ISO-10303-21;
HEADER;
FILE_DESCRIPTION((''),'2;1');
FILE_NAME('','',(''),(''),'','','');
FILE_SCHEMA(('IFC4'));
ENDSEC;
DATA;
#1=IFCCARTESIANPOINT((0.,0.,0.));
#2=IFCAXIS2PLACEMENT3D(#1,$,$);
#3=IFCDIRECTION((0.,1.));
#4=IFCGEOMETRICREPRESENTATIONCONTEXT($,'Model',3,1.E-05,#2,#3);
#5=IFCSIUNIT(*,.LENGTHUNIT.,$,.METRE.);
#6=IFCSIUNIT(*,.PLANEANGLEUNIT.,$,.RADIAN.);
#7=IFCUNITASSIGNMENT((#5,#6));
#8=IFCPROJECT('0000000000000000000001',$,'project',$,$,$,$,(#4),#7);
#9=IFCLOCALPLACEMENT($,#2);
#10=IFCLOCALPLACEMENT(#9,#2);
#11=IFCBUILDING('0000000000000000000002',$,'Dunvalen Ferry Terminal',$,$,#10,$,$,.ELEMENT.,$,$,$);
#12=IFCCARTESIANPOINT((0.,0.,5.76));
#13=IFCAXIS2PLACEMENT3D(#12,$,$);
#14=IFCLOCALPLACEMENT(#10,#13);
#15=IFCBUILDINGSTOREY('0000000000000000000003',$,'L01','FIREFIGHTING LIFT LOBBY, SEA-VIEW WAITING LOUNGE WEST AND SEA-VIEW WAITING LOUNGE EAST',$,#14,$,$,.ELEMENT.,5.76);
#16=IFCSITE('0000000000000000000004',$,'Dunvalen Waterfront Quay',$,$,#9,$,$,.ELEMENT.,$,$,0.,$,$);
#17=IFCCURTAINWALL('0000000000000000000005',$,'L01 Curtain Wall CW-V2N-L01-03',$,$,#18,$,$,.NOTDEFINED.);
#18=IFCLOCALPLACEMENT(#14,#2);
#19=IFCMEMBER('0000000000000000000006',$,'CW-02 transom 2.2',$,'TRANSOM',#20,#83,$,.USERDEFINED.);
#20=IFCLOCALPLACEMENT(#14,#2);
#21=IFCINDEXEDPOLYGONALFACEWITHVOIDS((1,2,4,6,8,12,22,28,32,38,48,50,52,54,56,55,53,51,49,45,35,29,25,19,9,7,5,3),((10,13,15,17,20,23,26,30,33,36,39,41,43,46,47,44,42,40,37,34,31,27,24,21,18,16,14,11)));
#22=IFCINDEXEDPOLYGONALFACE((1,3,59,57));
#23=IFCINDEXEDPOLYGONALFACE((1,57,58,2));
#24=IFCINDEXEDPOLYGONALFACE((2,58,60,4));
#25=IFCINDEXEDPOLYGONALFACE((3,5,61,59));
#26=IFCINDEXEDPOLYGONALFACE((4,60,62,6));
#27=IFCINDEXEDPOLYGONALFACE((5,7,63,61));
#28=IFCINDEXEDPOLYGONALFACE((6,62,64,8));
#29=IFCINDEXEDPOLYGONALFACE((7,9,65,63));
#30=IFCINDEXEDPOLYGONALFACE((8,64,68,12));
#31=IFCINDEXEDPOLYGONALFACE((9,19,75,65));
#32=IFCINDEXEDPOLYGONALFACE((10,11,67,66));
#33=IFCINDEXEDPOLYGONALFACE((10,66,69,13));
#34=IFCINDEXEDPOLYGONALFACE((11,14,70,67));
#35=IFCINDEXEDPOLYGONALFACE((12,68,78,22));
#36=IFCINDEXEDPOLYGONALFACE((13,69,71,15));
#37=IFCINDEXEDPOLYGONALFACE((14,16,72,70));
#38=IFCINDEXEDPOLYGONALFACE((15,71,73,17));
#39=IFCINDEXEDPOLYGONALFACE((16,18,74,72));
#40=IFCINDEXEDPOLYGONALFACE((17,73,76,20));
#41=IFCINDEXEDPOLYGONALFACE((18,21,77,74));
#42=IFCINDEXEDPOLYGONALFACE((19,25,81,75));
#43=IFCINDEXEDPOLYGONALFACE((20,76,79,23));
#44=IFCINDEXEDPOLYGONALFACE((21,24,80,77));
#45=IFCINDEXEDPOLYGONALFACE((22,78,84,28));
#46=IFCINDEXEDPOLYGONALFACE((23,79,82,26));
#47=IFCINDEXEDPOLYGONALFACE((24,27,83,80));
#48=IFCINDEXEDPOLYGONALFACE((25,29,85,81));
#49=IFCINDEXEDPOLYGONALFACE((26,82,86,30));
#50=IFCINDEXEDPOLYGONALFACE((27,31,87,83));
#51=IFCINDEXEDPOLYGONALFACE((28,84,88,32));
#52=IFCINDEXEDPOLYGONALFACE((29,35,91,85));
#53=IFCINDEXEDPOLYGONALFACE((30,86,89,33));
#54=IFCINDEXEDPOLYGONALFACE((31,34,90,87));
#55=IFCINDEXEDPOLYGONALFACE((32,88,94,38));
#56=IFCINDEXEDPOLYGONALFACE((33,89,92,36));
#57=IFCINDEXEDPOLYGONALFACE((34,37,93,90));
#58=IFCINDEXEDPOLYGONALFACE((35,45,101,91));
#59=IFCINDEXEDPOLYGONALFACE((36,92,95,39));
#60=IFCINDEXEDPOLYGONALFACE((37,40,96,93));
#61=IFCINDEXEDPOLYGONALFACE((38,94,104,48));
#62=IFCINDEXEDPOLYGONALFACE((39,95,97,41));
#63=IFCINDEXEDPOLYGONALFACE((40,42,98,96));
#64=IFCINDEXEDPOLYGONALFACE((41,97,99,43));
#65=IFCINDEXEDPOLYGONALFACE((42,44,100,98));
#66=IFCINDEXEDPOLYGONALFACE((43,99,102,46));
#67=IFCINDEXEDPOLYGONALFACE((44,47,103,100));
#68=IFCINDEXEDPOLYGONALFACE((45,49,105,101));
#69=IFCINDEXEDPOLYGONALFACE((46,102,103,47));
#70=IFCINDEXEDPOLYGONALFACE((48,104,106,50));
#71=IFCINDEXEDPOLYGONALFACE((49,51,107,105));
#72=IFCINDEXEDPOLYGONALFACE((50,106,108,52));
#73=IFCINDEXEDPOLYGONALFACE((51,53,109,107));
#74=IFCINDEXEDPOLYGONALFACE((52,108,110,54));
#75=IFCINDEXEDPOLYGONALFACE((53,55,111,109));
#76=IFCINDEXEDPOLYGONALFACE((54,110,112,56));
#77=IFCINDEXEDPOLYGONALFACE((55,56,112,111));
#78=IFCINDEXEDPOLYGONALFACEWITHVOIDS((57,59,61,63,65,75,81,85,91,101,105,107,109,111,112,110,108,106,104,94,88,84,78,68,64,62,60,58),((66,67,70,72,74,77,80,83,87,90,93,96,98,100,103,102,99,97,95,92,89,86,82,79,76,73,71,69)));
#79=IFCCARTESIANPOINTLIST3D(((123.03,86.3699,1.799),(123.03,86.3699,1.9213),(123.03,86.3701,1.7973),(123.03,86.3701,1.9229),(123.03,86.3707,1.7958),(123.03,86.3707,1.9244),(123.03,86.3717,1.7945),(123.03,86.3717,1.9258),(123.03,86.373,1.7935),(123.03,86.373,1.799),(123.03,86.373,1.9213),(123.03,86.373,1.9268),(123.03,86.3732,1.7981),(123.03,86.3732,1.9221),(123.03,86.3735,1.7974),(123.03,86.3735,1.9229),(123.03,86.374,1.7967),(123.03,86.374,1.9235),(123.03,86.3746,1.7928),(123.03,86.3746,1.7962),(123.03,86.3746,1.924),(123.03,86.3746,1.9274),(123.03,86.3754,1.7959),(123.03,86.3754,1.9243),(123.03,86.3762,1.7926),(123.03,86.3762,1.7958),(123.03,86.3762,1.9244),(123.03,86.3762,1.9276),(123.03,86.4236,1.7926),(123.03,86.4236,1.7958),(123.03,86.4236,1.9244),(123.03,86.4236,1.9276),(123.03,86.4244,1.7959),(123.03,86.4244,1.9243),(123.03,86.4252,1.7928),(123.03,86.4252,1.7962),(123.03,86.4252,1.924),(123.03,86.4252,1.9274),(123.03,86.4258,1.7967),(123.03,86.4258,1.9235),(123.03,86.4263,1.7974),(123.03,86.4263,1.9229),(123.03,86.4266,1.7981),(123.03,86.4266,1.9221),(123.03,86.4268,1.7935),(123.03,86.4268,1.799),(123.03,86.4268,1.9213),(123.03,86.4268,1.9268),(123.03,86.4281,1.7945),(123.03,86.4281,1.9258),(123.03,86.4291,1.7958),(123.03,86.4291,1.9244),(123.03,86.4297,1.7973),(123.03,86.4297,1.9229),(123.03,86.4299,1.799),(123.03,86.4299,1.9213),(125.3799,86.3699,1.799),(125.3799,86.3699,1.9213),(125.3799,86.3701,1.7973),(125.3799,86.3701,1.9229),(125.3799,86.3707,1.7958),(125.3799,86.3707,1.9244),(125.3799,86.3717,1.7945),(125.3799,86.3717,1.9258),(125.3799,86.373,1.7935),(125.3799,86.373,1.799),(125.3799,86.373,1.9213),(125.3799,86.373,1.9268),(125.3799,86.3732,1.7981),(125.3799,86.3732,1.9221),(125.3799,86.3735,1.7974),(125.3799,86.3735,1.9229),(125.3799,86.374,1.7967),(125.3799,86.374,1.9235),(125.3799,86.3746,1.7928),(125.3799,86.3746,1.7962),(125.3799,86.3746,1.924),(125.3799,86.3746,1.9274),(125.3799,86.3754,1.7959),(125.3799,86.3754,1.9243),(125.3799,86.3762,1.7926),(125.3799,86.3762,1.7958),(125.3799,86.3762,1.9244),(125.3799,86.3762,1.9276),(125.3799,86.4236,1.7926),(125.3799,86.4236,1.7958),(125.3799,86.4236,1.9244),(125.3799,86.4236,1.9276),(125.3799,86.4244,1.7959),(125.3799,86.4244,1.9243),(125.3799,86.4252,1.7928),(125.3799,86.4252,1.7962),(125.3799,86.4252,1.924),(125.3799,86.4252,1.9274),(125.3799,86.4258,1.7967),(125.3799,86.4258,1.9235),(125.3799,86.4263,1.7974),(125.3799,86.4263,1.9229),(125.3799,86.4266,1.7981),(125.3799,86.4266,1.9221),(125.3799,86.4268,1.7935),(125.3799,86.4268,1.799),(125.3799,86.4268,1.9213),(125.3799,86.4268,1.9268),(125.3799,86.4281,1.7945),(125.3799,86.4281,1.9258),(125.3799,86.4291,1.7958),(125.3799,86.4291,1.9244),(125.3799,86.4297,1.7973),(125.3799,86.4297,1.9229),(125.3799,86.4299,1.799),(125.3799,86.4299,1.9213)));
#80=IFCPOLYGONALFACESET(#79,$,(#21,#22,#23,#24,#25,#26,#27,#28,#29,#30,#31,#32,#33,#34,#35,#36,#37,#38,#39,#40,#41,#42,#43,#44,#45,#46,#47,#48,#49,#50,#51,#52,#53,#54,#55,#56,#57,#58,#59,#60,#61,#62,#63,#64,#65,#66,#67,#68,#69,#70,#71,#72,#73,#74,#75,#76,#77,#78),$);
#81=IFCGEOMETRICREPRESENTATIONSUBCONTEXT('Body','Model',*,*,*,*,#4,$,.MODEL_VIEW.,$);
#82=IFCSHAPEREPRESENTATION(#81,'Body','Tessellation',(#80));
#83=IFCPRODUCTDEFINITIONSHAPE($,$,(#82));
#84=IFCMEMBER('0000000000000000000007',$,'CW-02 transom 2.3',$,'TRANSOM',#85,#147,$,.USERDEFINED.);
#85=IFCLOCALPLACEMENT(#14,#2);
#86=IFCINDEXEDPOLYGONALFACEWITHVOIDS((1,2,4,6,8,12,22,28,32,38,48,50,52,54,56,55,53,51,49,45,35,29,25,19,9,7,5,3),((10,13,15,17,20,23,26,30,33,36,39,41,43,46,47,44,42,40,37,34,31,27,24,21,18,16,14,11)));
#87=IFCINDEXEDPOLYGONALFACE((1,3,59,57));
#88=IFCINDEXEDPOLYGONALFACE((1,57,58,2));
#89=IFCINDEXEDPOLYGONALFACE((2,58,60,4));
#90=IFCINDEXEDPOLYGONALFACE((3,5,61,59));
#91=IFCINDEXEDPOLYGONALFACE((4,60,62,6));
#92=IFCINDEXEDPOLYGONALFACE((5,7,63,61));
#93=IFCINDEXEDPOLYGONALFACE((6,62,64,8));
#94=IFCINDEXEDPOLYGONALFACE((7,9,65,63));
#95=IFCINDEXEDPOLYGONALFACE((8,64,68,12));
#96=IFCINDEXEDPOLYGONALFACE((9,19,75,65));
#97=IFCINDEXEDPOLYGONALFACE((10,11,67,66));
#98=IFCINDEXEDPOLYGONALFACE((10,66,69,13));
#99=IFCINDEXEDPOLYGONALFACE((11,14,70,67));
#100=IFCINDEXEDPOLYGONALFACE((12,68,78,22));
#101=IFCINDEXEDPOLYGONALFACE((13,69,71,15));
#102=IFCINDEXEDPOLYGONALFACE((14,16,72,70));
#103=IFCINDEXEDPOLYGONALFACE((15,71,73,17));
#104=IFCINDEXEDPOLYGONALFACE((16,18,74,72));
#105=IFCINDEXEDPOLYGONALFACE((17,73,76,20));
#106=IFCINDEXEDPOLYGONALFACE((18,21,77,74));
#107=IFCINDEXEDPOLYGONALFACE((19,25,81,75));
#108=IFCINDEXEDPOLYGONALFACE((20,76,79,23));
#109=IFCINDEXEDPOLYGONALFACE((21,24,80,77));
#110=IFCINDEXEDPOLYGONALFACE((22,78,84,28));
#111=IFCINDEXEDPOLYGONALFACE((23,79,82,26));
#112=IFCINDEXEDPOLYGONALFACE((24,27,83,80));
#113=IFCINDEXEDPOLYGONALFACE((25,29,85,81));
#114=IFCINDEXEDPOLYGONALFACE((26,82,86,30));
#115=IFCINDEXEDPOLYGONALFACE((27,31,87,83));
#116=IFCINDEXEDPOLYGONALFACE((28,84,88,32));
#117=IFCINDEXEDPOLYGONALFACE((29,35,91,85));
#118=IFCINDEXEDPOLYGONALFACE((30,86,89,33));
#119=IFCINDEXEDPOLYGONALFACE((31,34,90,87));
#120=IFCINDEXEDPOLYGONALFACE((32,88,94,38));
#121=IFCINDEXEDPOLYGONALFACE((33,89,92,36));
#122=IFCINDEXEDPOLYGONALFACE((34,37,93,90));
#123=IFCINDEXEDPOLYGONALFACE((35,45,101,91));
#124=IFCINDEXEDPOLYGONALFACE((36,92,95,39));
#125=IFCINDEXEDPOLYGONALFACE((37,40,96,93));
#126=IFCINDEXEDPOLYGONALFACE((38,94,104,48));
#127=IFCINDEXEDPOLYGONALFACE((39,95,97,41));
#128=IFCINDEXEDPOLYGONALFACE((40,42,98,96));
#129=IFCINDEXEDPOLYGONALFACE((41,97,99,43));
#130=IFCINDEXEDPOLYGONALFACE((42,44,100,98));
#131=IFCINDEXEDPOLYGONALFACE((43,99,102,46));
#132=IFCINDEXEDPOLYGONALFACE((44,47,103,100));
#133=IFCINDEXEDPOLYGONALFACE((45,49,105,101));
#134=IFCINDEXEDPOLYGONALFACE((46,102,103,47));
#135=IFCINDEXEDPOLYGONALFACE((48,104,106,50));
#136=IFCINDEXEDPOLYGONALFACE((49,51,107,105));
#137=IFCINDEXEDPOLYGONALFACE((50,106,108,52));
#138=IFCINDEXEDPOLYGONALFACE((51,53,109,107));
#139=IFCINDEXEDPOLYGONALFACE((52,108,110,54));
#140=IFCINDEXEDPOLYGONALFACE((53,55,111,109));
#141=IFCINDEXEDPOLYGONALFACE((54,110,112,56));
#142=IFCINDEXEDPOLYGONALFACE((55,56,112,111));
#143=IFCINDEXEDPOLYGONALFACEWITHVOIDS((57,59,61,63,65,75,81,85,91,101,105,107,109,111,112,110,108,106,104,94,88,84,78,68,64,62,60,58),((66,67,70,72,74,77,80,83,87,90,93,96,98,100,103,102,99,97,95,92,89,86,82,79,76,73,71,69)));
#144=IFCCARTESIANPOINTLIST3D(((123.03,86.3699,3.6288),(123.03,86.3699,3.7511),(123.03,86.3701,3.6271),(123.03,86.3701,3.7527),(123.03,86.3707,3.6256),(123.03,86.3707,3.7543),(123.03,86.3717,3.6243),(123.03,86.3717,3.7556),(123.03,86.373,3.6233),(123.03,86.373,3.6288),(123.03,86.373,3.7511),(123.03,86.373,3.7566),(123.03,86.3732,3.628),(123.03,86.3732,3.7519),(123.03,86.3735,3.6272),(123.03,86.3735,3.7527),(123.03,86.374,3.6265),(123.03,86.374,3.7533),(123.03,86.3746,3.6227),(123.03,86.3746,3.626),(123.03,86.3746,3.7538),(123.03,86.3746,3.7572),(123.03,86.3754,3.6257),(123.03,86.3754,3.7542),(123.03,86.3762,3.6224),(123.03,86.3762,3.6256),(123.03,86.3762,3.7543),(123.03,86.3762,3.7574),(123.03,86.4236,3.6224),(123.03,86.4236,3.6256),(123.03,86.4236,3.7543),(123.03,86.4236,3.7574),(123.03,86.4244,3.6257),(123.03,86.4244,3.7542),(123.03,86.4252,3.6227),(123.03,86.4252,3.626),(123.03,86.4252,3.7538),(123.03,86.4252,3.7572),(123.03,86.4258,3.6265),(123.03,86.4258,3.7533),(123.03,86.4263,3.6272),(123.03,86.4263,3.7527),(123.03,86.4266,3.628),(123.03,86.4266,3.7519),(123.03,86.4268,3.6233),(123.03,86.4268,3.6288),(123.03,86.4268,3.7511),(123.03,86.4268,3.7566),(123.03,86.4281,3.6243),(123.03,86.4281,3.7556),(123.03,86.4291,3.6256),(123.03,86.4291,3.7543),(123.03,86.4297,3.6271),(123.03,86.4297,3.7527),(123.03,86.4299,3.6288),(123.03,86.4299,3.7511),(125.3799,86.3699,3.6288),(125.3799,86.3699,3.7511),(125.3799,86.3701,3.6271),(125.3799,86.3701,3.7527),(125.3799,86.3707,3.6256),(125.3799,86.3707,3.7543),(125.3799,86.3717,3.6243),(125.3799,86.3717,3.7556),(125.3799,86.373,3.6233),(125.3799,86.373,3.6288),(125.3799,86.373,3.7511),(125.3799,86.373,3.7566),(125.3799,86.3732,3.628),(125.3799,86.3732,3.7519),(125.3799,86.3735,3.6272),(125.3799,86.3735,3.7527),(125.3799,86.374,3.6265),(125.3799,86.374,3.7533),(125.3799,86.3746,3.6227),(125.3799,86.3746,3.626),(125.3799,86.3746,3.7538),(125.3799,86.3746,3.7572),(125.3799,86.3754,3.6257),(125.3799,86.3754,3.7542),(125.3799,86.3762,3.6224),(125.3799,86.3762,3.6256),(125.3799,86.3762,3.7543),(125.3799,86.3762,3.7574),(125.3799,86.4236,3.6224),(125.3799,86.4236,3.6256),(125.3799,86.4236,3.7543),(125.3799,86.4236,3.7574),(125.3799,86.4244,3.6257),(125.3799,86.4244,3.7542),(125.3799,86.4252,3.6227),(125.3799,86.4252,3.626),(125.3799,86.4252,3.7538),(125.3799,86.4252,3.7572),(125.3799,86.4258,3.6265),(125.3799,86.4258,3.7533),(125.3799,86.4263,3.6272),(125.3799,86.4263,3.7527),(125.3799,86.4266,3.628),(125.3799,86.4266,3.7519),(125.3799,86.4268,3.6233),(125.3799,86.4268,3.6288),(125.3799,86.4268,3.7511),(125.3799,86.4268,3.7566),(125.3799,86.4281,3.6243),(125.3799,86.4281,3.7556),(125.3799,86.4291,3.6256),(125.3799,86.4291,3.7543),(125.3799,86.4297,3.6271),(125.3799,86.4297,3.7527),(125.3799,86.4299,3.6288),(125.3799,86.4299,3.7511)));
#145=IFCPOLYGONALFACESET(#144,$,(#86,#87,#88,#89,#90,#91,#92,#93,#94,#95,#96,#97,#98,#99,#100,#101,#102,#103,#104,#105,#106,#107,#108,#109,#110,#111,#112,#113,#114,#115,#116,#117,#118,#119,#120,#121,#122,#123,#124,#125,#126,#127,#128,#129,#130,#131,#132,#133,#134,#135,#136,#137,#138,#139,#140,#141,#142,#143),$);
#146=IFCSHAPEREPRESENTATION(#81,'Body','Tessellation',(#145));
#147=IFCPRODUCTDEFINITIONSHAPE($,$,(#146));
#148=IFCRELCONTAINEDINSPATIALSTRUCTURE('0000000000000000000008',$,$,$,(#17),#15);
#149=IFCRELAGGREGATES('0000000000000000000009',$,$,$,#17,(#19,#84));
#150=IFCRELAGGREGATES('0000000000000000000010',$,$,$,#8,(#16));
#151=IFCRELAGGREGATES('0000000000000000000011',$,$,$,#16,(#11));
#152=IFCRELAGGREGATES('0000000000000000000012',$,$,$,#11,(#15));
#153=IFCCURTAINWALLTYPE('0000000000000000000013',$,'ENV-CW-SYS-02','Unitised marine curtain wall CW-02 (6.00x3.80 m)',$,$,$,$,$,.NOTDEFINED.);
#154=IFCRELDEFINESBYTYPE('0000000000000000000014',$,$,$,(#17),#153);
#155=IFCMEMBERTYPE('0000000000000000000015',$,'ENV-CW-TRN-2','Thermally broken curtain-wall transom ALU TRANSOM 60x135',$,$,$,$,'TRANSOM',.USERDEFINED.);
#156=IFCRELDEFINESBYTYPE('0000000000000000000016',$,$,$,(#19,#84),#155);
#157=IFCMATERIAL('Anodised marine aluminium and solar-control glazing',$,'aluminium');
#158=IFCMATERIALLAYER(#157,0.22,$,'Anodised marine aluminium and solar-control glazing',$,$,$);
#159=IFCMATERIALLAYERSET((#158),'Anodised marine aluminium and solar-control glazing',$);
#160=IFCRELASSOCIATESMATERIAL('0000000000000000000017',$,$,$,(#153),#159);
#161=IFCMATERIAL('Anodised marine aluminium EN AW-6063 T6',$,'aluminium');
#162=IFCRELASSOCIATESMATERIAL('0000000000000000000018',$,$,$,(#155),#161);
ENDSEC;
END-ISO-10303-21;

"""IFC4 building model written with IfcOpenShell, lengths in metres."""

from ifc_helpers import new_model, si_unit, direction, frame, origin, origin_2d, place, context, subcontext, project, spatial, hollow_rectangle, extrude, material, layer, layer_set, material_profile, profile_set, type_object, element, aggregate, save


model = new_model("IFC4")

# Units and contexts
model_context = context("Model", 3, precision=1e-05, world=origin(), true_north=direction((0.0, 1.0)))
body_context = subcontext(model_context, "Body", "Model", "MODEL_VIEW")
ifc_project = project(units=[si_unit("LENGTHUNIT", "METRE"), si_unit("PLANEANGLEUNIT", "RADIAN")], contexts=[model_context])

# Site, building, storey
site_placement = place(None, origin())
site = spatial("IfcSite", under=ifc_project, at=site_placement, Name="Dunvalen Waterfront Quay", CompositionType="ELEMENT", RefElevation=0.0)
building_placement = place(site_placement, origin())
building = spatial("IfcBuilding", under=site, at=building_placement, Name="Dunvalen Ferry Terminal", CompositionType="ELEMENT")
storey_placement = place(building_placement, frame((0.0, 0.0, 5.76)))
storey = spatial("IfcBuildingStorey", under=building, at=storey_placement, Name="L01", Description="FIREFIGHTING LIFT LOBBY, SEA-VIEW WAITING LOUNGE WEST AND SEA-VIEW WAITING LOUNGE EAST", CompositionType="ELEMENT", Elevation=5.76)

# Curtain wall
ifc_material_1 = material(Name="Anodised marine aluminium and solar-control glazing", Category="aluminium")
ifc_layer_1 = layer(ifc_material_1, 0.22, Name="Anodised marine aluminium and solar-control glazing")
ifc_layer_set_1 = layer_set([ifc_layer_1], Name="Anodised marine aluminium and solar-control glazing")
curtain_wall_type_1 = type_object("IfcCurtainWallType", Name="ENV-CW-SYS-02", Description="Unitised marine curtain wall CW-02 (6.00x3.80 m)", PredefinedType="NOTDEFINED", material=ifc_layer_set_1)
curtain_wall_1_placement = place(storey_placement, origin())
curtain_wall_1 = element("IfcCurtainWall", 1, at=curtain_wall_1_placement, inside=storey, type_object=curtain_wall_type_1, Name="L01 Curtain Wall CW-V2N-L01-03", PredefinedType="NOTDEFINED")
ifc_material_2 = material(Name="Anodised marine aluminium EN AW-6063 T6", Category="aluminium")

# Members
ifc_material_profile_1 = material_profile(ifc_material_2, hollow_rectangle(XDim=0.0601, YDim=0.135, WallThickness=0.0032, InnerFilletRadius=0.0032, OuterFilletRadius=0.0063, at=origin_2d()), Name="Anodised marine aluminium EN AW-6063 T6")
ifc_profile_set_1 = profile_set([ifc_material_profile_1], Name="Anodised marine aluminium EN AW-6063 T6")
member_type_1 = type_object("IfcMemberType", Name="ENV-CW-TRN-2", Description="Thermally broken curtain-wall transom ALU TRANSOM 60x135", ElementType="TRANSOM", PredefinedType="USERDEFINED", material=ifc_profile_set_1)
member_1_placement = place(storey_placement, frame((123.03, 86.3999, 1.8601), z_axis=(1.0, 0.0, 0.0), x_axis=(0.0, 1.0, 0.0)))
member_1 = element("IfcMember", 2, at=member_1_placement, type_object=member_type_1, Name="CW-02 transom 2.2", ObjectType="TRANSOM", PredefinedType="USERDEFINED", context=body_context, shape_type="SweptSolid", body=[
    extrude(hollow_rectangle(XDim=0.0601, YDim=0.135, WallThickness=0.0032, InnerFilletRadius=0.0032, OuterFilletRadius=0.0063, at=origin_2d()), origin(), (0.0, 0.0, 1.0), 2.3499),
])
member_2_placement = place(storey_placement, frame((123.03, 86.3999, 3.6899), z_axis=(1.0, 0.0, 0.0), x_axis=(0.0, 1.0, 0.0)))
member_2 = element("IfcMember", 3, at=member_2_placement, type_object=member_type_1, Name="CW-02 transom 2.3", ObjectType="TRANSOM", PredefinedType="USERDEFINED", context=body_context, shape_type="SweptSolid", body=[
    extrude(hollow_rectangle(XDim=0.0601, YDim=0.135, WallThickness=0.0032, InnerFilletRadius=0.0032, OuterFilletRadius=0.0063, at=origin_2d()), origin(), (0.0, 0.0, 1.0), 2.3499),
])

aggregate(curtain_wall_1, [member_1, member_2])

save(model, "model.ifc")
